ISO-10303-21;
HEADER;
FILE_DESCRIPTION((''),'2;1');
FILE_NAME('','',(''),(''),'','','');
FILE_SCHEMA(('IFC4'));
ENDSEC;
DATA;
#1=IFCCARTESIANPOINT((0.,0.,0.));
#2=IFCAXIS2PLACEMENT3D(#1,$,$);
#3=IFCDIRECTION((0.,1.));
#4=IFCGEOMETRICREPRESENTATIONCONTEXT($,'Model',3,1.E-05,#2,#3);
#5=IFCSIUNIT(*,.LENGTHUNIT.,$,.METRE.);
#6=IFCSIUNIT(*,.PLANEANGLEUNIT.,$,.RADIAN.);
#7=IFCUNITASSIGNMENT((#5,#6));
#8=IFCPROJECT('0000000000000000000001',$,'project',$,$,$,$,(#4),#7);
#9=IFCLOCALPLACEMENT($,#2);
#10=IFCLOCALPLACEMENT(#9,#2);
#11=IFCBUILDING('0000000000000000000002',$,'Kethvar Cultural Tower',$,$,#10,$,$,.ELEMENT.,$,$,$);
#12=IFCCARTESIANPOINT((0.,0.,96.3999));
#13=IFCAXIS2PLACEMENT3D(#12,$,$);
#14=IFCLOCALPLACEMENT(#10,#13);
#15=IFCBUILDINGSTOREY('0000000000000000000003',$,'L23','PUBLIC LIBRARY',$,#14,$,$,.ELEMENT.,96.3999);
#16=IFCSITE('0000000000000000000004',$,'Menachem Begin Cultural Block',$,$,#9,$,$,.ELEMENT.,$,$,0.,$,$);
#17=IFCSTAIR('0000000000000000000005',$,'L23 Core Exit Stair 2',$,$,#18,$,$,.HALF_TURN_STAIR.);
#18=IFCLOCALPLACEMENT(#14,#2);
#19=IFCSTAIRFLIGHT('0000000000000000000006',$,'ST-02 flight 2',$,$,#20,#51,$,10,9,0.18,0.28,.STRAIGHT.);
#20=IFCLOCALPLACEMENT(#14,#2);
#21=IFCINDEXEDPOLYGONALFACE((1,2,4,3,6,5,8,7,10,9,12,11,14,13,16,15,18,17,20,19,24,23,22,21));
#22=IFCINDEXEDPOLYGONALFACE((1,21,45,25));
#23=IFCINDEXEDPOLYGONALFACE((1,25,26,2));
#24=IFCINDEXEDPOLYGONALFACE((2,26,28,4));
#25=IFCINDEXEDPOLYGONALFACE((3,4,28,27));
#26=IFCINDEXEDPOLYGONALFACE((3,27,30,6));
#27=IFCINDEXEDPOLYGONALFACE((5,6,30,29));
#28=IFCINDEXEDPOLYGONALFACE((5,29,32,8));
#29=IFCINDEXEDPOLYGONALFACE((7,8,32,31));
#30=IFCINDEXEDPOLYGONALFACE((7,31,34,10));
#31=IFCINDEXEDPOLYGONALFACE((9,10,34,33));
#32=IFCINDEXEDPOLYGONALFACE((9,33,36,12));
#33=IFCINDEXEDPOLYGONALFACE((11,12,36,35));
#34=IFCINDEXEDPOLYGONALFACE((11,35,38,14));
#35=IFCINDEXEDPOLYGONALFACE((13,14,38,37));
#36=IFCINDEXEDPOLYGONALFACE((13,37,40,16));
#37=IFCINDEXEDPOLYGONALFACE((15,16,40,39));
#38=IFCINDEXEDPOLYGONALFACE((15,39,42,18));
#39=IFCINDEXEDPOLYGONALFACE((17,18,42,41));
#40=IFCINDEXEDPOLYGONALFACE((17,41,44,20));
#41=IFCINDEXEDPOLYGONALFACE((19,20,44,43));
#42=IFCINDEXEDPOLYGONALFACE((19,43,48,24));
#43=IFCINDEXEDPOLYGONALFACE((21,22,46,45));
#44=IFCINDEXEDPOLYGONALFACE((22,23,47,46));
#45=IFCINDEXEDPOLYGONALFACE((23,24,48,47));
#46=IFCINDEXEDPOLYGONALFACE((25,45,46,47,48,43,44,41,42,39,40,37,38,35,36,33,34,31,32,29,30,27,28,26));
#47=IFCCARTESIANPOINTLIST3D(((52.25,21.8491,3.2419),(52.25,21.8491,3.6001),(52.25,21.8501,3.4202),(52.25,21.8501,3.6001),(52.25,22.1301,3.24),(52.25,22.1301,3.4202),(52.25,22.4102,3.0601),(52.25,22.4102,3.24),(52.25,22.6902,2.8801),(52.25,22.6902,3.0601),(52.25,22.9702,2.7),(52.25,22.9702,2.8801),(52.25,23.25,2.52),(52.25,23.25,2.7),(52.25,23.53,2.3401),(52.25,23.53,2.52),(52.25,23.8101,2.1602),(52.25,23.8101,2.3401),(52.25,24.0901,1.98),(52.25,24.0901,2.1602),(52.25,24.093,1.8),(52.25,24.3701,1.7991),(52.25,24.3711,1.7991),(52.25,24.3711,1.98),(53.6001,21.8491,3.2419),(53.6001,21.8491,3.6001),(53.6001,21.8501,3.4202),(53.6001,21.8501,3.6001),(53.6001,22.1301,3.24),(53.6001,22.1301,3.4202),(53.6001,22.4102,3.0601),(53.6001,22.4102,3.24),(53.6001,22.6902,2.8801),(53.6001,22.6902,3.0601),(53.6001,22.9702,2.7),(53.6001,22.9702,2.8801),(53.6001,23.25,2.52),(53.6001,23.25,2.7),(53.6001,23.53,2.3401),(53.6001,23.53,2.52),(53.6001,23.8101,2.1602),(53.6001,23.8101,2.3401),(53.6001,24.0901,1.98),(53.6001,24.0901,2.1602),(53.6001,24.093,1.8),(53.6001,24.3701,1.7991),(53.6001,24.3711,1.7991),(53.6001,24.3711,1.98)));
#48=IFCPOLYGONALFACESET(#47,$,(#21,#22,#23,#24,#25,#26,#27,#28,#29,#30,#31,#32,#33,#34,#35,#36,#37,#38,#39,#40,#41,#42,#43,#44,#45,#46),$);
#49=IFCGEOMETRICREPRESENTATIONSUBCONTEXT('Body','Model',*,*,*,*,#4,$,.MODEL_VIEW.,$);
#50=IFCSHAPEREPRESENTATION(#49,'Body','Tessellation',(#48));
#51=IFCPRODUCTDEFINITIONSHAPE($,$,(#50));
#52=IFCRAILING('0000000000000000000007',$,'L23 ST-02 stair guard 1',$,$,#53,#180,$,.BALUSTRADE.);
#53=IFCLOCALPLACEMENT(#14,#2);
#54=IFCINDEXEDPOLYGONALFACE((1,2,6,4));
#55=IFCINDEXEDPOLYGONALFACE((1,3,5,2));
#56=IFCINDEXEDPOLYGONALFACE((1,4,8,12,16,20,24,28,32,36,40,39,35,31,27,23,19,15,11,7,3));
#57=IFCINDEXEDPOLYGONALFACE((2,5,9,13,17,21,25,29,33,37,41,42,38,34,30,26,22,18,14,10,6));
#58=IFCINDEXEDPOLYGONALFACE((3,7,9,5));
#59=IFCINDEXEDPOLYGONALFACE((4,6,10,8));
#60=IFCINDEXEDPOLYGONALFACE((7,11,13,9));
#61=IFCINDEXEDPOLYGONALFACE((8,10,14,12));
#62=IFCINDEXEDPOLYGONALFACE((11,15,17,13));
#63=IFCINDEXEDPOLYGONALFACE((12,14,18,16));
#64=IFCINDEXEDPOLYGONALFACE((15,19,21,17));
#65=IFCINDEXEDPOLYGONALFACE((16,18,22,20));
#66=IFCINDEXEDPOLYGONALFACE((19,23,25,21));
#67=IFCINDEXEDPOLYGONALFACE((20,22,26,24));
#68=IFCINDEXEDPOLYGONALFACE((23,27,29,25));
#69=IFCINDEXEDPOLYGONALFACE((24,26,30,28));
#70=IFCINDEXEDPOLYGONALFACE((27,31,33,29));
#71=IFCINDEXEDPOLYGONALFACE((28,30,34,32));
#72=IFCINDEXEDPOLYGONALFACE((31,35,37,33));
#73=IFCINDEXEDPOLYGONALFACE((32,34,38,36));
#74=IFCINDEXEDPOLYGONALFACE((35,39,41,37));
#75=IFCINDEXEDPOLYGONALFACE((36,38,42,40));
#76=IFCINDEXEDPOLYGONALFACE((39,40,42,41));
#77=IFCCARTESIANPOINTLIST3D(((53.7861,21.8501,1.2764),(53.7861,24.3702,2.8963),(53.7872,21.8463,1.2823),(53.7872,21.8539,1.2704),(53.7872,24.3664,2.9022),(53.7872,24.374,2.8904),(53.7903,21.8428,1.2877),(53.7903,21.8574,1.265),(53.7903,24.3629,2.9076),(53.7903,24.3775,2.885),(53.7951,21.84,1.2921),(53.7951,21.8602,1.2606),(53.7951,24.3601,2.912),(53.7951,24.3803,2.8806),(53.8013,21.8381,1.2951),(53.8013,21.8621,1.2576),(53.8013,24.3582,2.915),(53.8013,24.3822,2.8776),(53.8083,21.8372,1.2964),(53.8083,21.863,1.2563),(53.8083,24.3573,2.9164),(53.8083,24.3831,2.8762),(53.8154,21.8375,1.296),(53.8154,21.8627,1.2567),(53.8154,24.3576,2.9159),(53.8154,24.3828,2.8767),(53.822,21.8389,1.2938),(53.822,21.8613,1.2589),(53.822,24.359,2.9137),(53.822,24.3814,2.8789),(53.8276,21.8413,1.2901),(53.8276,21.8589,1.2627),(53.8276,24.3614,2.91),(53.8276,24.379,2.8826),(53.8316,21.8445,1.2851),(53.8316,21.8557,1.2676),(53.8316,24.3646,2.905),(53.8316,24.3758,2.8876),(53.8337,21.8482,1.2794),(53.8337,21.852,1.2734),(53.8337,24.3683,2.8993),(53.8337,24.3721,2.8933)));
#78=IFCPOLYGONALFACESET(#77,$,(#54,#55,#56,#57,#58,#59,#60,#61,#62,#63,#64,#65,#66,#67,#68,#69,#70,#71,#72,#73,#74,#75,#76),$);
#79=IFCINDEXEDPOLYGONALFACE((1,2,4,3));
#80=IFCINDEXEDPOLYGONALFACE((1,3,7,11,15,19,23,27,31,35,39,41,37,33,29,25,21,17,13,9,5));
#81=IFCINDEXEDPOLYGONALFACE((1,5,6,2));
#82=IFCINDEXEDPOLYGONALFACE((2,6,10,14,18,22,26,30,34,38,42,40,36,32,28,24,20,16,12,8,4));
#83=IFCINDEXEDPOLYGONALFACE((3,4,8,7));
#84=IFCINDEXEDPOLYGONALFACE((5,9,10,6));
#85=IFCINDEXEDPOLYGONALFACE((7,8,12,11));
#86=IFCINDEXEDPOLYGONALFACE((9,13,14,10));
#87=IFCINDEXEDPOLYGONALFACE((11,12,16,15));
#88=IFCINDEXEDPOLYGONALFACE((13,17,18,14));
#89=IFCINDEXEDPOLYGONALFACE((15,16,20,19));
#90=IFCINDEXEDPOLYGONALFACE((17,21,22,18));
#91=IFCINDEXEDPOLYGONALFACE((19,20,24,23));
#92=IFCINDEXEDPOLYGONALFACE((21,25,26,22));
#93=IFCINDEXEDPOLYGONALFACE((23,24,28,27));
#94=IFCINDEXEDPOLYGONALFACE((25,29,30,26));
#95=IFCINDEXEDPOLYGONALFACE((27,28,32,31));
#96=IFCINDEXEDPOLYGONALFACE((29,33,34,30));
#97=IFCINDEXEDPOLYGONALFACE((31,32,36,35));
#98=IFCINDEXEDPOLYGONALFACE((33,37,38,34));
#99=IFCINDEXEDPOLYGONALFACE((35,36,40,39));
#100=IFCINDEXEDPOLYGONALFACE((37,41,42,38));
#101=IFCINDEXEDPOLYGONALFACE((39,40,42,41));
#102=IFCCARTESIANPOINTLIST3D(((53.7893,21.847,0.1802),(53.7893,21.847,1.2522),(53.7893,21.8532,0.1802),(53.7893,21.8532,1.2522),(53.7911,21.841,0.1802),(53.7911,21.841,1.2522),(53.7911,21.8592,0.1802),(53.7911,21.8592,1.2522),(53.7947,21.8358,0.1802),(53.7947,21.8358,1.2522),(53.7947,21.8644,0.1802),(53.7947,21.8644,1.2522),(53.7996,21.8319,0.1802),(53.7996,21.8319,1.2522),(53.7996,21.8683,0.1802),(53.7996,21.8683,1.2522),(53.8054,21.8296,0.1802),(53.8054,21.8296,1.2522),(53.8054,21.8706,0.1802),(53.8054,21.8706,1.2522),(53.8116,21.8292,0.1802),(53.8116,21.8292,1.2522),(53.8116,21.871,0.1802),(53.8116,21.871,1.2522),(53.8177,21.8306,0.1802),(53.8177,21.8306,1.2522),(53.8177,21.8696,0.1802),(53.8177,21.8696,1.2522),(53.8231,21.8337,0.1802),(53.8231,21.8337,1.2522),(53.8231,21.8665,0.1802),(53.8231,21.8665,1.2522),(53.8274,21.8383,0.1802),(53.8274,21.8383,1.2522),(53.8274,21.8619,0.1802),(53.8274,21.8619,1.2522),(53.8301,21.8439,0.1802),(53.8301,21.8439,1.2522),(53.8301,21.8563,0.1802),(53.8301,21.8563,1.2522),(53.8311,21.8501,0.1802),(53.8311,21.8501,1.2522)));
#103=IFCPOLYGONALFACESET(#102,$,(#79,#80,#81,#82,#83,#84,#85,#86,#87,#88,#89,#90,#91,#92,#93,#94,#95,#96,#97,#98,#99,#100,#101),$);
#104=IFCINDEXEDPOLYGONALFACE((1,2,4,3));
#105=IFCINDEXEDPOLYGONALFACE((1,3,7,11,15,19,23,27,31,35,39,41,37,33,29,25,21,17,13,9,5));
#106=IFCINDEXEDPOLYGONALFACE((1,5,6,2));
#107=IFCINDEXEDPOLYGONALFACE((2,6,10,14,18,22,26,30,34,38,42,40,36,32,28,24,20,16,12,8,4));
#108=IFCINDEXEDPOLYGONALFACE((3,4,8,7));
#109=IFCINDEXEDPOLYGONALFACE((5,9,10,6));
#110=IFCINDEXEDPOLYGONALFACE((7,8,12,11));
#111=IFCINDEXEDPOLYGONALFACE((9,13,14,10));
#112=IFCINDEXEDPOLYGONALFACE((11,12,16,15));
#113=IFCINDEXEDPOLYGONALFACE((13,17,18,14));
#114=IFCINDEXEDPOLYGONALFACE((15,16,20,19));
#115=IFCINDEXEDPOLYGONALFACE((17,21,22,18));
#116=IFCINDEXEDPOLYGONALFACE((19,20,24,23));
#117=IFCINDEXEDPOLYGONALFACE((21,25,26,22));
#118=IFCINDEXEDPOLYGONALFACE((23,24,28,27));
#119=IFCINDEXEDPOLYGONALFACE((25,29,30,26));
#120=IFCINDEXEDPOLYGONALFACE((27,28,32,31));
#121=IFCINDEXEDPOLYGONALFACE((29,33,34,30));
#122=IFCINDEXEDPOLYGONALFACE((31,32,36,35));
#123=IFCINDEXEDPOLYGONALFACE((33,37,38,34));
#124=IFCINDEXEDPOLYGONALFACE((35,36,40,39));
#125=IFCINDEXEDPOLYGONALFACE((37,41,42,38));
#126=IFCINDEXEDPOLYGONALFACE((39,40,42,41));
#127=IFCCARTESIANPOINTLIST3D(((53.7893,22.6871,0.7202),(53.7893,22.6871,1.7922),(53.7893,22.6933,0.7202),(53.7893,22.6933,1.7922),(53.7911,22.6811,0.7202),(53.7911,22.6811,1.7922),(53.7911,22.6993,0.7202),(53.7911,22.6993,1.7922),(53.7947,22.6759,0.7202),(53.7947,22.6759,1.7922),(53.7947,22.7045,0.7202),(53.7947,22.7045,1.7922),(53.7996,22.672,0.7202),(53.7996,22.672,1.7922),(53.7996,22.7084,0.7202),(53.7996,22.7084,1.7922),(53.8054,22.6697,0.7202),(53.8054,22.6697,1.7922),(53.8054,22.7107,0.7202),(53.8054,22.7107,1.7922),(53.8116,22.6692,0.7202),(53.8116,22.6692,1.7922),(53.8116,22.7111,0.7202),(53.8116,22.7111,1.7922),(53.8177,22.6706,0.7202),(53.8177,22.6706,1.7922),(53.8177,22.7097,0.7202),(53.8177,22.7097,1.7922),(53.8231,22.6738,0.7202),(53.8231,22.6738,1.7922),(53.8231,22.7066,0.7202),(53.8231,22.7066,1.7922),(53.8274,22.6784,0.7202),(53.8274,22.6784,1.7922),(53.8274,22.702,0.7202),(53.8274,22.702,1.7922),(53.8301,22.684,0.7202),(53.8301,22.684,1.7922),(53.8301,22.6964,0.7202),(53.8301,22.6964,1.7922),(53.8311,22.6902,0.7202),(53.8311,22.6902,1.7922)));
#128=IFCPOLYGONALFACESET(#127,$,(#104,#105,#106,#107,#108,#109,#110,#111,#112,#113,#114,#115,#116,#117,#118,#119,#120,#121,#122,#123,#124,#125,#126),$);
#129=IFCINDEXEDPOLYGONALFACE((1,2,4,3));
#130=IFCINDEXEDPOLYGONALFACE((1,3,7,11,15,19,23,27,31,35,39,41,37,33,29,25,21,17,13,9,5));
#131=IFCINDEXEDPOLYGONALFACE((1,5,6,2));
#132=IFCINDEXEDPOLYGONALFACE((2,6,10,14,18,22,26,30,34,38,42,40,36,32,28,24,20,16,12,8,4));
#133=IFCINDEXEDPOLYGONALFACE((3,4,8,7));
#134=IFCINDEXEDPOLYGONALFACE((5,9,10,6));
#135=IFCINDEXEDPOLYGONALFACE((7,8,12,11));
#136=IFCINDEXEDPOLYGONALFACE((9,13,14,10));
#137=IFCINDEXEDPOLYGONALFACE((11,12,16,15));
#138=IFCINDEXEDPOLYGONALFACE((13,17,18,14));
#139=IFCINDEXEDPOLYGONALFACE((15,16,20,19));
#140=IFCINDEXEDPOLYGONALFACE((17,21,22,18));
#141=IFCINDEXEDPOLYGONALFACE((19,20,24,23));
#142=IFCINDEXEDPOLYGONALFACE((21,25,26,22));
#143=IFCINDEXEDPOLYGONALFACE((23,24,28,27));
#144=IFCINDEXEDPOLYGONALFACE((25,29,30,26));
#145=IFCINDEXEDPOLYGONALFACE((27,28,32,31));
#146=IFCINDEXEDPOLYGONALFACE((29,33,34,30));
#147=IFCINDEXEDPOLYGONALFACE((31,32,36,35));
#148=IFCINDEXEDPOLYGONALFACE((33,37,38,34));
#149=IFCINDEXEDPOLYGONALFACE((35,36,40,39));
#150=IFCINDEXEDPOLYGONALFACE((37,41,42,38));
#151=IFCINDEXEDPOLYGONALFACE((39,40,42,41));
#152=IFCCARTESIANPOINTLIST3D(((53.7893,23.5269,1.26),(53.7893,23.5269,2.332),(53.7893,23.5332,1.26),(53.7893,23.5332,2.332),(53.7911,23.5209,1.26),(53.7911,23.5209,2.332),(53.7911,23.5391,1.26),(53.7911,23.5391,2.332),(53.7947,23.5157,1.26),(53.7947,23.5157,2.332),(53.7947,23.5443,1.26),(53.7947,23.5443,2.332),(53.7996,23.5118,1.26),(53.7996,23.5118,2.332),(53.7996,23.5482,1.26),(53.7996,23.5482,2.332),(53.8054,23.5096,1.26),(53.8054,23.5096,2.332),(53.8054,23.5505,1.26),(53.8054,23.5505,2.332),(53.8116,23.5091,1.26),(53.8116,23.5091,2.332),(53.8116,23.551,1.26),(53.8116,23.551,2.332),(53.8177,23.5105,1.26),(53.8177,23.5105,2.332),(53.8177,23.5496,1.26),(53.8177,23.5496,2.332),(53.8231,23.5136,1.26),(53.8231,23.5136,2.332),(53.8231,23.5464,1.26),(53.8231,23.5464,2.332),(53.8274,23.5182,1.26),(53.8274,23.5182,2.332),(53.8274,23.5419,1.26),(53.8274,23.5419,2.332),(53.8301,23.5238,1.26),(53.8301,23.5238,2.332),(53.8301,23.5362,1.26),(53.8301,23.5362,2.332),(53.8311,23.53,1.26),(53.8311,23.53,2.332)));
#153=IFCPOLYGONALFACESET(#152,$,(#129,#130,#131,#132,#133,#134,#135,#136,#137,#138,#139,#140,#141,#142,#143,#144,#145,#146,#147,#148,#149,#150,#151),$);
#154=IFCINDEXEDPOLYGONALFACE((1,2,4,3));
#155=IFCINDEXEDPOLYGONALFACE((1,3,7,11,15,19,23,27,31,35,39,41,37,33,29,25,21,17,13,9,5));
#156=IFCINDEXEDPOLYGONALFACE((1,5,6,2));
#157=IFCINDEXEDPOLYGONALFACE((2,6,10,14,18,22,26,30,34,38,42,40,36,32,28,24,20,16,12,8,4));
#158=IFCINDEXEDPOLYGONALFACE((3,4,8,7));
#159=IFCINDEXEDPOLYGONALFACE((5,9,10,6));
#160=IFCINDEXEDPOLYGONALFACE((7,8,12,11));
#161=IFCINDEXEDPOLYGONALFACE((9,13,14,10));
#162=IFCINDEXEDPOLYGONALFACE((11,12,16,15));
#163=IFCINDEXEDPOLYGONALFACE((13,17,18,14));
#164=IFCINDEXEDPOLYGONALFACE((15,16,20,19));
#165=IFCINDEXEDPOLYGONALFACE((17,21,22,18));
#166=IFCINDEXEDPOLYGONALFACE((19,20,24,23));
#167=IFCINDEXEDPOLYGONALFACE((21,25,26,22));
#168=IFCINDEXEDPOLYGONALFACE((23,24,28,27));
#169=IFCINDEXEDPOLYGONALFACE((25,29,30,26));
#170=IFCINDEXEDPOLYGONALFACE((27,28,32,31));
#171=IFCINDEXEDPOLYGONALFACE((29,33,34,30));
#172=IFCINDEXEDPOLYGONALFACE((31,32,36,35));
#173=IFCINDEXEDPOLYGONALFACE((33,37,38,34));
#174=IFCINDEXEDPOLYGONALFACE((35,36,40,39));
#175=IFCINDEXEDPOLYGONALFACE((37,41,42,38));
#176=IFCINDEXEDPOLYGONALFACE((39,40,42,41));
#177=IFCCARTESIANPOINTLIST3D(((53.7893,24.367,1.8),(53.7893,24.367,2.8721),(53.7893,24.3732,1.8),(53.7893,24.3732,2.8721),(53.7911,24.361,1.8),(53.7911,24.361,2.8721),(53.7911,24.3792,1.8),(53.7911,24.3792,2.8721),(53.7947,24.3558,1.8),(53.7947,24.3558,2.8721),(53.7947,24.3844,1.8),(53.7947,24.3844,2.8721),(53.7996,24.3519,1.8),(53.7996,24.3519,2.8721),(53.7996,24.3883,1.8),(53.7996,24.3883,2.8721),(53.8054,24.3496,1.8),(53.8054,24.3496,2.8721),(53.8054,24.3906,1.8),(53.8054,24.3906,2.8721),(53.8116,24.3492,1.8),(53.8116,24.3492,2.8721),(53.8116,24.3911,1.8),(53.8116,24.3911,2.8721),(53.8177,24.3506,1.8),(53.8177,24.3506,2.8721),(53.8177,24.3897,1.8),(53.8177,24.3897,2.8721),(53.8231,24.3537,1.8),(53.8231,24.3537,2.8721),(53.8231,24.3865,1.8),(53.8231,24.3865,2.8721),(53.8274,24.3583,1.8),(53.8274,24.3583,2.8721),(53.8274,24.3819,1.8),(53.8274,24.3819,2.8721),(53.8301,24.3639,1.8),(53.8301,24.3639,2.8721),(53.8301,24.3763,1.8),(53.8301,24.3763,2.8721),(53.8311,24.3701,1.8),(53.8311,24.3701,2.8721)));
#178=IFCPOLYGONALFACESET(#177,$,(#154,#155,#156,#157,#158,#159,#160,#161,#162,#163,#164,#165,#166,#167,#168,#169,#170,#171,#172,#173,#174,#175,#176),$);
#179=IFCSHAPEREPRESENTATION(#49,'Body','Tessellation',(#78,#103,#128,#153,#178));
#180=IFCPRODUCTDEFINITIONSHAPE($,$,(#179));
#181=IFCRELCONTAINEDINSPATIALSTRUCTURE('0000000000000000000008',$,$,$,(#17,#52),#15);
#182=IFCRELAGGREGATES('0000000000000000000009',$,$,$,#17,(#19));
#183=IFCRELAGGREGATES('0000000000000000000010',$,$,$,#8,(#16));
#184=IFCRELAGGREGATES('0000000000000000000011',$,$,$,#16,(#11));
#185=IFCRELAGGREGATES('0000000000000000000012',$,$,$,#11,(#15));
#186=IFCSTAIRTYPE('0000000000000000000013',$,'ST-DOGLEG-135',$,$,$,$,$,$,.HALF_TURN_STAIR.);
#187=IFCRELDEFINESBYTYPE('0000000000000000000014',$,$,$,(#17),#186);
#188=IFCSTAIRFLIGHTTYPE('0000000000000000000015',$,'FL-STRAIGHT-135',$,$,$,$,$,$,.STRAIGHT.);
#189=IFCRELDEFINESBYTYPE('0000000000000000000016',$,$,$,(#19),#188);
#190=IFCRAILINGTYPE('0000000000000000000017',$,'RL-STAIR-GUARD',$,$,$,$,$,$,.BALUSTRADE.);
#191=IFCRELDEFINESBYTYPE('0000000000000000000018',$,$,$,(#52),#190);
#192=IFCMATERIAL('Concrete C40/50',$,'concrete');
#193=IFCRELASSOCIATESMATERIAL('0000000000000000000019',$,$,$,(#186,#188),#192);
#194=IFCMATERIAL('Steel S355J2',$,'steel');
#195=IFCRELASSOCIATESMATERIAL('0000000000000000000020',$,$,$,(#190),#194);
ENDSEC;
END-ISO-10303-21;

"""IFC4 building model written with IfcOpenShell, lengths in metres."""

from ifc_helpers import new_model, si_unit, direction, frame, origin, origin_2d, place, context, subcontext, project, spatial, polyline, circle, outline, extrude, material, type_object, element, aggregate, save


model = new_model("IFC4")

# Units and contexts
model_context = context("Model", 3, precision=1e-05, world=origin(), true_north=direction((0.0, 1.0)))
body_context = subcontext(model_context, "Body", "Model", "MODEL_VIEW")
ifc_project = project(units=[si_unit("LENGTHUNIT", "METRE"), si_unit("PLANEANGLEUNIT", "RADIAN")], contexts=[model_context])

# Site, building, storey
site_placement = place(None, origin())
site = spatial("IfcSite", under=ifc_project, at=site_placement, Name="Menachem Begin Cultural Block", CompositionType="ELEMENT", RefElevation=0.0)
building_placement = place(site_placement, origin())
building = spatial("IfcBuilding", under=site, at=building_placement, Name="Kethvar Cultural Tower", CompositionType="ELEMENT")
storey_placement = place(building_placement, frame((0.0, 0.0, 96.3999)))
storey = spatial("IfcBuildingStorey", under=building, at=storey_placement, Name="L23", Description="PUBLIC LIBRARY", CompositionType="ELEMENT", Elevation=96.3999)

# Shared definitions
ifc_material_1 = material(Name="Steel S355J2", Category="steel")

# Stair, stair flight
ifc_material_2 = material(Name="Concrete C40/50", Category="concrete")
stair_type = type_object("IfcStairType", Name="ST-DOGLEG-135", PredefinedType="HALF_TURN_STAIR", material=ifc_material_2)
stair_placement = place(storey_placement, origin())
stair = element("IfcStair", 1, at=stair_placement, inside=storey, type_object=stair_type, Name="L23 Core Exit Stair 2", PredefinedType="HALF_TURN_STAIR")
stair_flight_type = type_object("IfcStairFlightType", Name="FL-STRAIGHT-135", PredefinedType="STRAIGHT", material=ifc_material_2)
stair_flight_1_placement = place(storey_placement, frame((52.925, 24.3701, 1.8), z_axis=(0.0, 0.0, 1.0), x_axis=(0.0, -1.0, 0.0)))
stair_flight_1 = element("IfcStairFlight", 2, at=stair_flight_1_placement, type_object=stair_flight_type, Name="ST-02 flight 2", NumberOfRisers=10, NumberOfTreads=9, PredefinedType="STRAIGHT", RiserHeight=0.18, TreadLength=0.28, context=body_context, shape_type="SweptSolid", body=[
    extrude(outline(polyline([(-0.001, -0.001), (-0.001, 0.1799), (0.28, 0.1799), (0.28, 0.3601), (0.5601, 0.3601), (0.5601, 0.54), (0.8401, 0.54), (0.8401, 0.72), (1.1201, 0.72), (1.1201, 0.8999), (1.3999, 0.8999), (1.3999, 1.0801), (1.6799, 1.0801), (1.6799, 1.26), (1.96, 1.26), (1.96, 1.4399), (2.24, 1.4399), (2.24, 1.6201), (2.52, 1.6201), (2.52, 1.8), (2.521, 1.8), (2.521, 1.4419), (0.2771, 0.0), (0.0, -0.001), (-0.001, -0.001)])), frame((0.0, 0.675, 0.0), z_axis=(0.0, -1.0, 0.0), x_axis=(1.0, 0.0, 0.0)), (0.0, 0.0, 1.0), 1.3501),
])
aggregate(stair, [stair_flight_1])

# Railing
railing_type_1 = type_object("IfcRailingType", Name="RL-STAIR-GUARD", PredefinedType="BALUSTRADE", material=ifc_material_1)
railing_1_placement = place(storey_placement, frame((53.8101, 21.8501, 0.1802)))
element("IfcRailing", 3, at=railing_1_placement, inside=storey, type_object=railing_type_1, Name="L23 ST-02 stair guard 1", PredefinedType="BALUSTRADE", context=body_context, shape_type="SweptSolid", body=[
    extrude(circle(Radius=0.0239, at=origin_2d()), frame((0.0, 0.0, 1.0962), z_axis=(0.0, 0.8412, 0.540725), x_axis=(-1.0, 0.0, 0.0)), (0.0, 0.0, 1.0), 2.9958),
    extrude(circle(Radius=0.021, at=origin_2d()), origin(), (0.0, 0.0, 1.0), 1.072),
    extrude(circle(Radius=0.021, at=origin_2d()), frame((0.0, 0.8401, 0.54)), (0.0, 0.0, 1.0), 1.072),
    extrude(circle(Radius=0.021, at=origin_2d()), frame((0.0, 1.6799, 1.0798)), (0.0, 0.0, 1.0), 1.072),
    extrude(circle(Radius=0.021, at=origin_2d()), frame((0.0, 2.52, 1.6199)), (0.0, 0.0, 1.0), 1.072),
])

save(model, "model.ifc")
